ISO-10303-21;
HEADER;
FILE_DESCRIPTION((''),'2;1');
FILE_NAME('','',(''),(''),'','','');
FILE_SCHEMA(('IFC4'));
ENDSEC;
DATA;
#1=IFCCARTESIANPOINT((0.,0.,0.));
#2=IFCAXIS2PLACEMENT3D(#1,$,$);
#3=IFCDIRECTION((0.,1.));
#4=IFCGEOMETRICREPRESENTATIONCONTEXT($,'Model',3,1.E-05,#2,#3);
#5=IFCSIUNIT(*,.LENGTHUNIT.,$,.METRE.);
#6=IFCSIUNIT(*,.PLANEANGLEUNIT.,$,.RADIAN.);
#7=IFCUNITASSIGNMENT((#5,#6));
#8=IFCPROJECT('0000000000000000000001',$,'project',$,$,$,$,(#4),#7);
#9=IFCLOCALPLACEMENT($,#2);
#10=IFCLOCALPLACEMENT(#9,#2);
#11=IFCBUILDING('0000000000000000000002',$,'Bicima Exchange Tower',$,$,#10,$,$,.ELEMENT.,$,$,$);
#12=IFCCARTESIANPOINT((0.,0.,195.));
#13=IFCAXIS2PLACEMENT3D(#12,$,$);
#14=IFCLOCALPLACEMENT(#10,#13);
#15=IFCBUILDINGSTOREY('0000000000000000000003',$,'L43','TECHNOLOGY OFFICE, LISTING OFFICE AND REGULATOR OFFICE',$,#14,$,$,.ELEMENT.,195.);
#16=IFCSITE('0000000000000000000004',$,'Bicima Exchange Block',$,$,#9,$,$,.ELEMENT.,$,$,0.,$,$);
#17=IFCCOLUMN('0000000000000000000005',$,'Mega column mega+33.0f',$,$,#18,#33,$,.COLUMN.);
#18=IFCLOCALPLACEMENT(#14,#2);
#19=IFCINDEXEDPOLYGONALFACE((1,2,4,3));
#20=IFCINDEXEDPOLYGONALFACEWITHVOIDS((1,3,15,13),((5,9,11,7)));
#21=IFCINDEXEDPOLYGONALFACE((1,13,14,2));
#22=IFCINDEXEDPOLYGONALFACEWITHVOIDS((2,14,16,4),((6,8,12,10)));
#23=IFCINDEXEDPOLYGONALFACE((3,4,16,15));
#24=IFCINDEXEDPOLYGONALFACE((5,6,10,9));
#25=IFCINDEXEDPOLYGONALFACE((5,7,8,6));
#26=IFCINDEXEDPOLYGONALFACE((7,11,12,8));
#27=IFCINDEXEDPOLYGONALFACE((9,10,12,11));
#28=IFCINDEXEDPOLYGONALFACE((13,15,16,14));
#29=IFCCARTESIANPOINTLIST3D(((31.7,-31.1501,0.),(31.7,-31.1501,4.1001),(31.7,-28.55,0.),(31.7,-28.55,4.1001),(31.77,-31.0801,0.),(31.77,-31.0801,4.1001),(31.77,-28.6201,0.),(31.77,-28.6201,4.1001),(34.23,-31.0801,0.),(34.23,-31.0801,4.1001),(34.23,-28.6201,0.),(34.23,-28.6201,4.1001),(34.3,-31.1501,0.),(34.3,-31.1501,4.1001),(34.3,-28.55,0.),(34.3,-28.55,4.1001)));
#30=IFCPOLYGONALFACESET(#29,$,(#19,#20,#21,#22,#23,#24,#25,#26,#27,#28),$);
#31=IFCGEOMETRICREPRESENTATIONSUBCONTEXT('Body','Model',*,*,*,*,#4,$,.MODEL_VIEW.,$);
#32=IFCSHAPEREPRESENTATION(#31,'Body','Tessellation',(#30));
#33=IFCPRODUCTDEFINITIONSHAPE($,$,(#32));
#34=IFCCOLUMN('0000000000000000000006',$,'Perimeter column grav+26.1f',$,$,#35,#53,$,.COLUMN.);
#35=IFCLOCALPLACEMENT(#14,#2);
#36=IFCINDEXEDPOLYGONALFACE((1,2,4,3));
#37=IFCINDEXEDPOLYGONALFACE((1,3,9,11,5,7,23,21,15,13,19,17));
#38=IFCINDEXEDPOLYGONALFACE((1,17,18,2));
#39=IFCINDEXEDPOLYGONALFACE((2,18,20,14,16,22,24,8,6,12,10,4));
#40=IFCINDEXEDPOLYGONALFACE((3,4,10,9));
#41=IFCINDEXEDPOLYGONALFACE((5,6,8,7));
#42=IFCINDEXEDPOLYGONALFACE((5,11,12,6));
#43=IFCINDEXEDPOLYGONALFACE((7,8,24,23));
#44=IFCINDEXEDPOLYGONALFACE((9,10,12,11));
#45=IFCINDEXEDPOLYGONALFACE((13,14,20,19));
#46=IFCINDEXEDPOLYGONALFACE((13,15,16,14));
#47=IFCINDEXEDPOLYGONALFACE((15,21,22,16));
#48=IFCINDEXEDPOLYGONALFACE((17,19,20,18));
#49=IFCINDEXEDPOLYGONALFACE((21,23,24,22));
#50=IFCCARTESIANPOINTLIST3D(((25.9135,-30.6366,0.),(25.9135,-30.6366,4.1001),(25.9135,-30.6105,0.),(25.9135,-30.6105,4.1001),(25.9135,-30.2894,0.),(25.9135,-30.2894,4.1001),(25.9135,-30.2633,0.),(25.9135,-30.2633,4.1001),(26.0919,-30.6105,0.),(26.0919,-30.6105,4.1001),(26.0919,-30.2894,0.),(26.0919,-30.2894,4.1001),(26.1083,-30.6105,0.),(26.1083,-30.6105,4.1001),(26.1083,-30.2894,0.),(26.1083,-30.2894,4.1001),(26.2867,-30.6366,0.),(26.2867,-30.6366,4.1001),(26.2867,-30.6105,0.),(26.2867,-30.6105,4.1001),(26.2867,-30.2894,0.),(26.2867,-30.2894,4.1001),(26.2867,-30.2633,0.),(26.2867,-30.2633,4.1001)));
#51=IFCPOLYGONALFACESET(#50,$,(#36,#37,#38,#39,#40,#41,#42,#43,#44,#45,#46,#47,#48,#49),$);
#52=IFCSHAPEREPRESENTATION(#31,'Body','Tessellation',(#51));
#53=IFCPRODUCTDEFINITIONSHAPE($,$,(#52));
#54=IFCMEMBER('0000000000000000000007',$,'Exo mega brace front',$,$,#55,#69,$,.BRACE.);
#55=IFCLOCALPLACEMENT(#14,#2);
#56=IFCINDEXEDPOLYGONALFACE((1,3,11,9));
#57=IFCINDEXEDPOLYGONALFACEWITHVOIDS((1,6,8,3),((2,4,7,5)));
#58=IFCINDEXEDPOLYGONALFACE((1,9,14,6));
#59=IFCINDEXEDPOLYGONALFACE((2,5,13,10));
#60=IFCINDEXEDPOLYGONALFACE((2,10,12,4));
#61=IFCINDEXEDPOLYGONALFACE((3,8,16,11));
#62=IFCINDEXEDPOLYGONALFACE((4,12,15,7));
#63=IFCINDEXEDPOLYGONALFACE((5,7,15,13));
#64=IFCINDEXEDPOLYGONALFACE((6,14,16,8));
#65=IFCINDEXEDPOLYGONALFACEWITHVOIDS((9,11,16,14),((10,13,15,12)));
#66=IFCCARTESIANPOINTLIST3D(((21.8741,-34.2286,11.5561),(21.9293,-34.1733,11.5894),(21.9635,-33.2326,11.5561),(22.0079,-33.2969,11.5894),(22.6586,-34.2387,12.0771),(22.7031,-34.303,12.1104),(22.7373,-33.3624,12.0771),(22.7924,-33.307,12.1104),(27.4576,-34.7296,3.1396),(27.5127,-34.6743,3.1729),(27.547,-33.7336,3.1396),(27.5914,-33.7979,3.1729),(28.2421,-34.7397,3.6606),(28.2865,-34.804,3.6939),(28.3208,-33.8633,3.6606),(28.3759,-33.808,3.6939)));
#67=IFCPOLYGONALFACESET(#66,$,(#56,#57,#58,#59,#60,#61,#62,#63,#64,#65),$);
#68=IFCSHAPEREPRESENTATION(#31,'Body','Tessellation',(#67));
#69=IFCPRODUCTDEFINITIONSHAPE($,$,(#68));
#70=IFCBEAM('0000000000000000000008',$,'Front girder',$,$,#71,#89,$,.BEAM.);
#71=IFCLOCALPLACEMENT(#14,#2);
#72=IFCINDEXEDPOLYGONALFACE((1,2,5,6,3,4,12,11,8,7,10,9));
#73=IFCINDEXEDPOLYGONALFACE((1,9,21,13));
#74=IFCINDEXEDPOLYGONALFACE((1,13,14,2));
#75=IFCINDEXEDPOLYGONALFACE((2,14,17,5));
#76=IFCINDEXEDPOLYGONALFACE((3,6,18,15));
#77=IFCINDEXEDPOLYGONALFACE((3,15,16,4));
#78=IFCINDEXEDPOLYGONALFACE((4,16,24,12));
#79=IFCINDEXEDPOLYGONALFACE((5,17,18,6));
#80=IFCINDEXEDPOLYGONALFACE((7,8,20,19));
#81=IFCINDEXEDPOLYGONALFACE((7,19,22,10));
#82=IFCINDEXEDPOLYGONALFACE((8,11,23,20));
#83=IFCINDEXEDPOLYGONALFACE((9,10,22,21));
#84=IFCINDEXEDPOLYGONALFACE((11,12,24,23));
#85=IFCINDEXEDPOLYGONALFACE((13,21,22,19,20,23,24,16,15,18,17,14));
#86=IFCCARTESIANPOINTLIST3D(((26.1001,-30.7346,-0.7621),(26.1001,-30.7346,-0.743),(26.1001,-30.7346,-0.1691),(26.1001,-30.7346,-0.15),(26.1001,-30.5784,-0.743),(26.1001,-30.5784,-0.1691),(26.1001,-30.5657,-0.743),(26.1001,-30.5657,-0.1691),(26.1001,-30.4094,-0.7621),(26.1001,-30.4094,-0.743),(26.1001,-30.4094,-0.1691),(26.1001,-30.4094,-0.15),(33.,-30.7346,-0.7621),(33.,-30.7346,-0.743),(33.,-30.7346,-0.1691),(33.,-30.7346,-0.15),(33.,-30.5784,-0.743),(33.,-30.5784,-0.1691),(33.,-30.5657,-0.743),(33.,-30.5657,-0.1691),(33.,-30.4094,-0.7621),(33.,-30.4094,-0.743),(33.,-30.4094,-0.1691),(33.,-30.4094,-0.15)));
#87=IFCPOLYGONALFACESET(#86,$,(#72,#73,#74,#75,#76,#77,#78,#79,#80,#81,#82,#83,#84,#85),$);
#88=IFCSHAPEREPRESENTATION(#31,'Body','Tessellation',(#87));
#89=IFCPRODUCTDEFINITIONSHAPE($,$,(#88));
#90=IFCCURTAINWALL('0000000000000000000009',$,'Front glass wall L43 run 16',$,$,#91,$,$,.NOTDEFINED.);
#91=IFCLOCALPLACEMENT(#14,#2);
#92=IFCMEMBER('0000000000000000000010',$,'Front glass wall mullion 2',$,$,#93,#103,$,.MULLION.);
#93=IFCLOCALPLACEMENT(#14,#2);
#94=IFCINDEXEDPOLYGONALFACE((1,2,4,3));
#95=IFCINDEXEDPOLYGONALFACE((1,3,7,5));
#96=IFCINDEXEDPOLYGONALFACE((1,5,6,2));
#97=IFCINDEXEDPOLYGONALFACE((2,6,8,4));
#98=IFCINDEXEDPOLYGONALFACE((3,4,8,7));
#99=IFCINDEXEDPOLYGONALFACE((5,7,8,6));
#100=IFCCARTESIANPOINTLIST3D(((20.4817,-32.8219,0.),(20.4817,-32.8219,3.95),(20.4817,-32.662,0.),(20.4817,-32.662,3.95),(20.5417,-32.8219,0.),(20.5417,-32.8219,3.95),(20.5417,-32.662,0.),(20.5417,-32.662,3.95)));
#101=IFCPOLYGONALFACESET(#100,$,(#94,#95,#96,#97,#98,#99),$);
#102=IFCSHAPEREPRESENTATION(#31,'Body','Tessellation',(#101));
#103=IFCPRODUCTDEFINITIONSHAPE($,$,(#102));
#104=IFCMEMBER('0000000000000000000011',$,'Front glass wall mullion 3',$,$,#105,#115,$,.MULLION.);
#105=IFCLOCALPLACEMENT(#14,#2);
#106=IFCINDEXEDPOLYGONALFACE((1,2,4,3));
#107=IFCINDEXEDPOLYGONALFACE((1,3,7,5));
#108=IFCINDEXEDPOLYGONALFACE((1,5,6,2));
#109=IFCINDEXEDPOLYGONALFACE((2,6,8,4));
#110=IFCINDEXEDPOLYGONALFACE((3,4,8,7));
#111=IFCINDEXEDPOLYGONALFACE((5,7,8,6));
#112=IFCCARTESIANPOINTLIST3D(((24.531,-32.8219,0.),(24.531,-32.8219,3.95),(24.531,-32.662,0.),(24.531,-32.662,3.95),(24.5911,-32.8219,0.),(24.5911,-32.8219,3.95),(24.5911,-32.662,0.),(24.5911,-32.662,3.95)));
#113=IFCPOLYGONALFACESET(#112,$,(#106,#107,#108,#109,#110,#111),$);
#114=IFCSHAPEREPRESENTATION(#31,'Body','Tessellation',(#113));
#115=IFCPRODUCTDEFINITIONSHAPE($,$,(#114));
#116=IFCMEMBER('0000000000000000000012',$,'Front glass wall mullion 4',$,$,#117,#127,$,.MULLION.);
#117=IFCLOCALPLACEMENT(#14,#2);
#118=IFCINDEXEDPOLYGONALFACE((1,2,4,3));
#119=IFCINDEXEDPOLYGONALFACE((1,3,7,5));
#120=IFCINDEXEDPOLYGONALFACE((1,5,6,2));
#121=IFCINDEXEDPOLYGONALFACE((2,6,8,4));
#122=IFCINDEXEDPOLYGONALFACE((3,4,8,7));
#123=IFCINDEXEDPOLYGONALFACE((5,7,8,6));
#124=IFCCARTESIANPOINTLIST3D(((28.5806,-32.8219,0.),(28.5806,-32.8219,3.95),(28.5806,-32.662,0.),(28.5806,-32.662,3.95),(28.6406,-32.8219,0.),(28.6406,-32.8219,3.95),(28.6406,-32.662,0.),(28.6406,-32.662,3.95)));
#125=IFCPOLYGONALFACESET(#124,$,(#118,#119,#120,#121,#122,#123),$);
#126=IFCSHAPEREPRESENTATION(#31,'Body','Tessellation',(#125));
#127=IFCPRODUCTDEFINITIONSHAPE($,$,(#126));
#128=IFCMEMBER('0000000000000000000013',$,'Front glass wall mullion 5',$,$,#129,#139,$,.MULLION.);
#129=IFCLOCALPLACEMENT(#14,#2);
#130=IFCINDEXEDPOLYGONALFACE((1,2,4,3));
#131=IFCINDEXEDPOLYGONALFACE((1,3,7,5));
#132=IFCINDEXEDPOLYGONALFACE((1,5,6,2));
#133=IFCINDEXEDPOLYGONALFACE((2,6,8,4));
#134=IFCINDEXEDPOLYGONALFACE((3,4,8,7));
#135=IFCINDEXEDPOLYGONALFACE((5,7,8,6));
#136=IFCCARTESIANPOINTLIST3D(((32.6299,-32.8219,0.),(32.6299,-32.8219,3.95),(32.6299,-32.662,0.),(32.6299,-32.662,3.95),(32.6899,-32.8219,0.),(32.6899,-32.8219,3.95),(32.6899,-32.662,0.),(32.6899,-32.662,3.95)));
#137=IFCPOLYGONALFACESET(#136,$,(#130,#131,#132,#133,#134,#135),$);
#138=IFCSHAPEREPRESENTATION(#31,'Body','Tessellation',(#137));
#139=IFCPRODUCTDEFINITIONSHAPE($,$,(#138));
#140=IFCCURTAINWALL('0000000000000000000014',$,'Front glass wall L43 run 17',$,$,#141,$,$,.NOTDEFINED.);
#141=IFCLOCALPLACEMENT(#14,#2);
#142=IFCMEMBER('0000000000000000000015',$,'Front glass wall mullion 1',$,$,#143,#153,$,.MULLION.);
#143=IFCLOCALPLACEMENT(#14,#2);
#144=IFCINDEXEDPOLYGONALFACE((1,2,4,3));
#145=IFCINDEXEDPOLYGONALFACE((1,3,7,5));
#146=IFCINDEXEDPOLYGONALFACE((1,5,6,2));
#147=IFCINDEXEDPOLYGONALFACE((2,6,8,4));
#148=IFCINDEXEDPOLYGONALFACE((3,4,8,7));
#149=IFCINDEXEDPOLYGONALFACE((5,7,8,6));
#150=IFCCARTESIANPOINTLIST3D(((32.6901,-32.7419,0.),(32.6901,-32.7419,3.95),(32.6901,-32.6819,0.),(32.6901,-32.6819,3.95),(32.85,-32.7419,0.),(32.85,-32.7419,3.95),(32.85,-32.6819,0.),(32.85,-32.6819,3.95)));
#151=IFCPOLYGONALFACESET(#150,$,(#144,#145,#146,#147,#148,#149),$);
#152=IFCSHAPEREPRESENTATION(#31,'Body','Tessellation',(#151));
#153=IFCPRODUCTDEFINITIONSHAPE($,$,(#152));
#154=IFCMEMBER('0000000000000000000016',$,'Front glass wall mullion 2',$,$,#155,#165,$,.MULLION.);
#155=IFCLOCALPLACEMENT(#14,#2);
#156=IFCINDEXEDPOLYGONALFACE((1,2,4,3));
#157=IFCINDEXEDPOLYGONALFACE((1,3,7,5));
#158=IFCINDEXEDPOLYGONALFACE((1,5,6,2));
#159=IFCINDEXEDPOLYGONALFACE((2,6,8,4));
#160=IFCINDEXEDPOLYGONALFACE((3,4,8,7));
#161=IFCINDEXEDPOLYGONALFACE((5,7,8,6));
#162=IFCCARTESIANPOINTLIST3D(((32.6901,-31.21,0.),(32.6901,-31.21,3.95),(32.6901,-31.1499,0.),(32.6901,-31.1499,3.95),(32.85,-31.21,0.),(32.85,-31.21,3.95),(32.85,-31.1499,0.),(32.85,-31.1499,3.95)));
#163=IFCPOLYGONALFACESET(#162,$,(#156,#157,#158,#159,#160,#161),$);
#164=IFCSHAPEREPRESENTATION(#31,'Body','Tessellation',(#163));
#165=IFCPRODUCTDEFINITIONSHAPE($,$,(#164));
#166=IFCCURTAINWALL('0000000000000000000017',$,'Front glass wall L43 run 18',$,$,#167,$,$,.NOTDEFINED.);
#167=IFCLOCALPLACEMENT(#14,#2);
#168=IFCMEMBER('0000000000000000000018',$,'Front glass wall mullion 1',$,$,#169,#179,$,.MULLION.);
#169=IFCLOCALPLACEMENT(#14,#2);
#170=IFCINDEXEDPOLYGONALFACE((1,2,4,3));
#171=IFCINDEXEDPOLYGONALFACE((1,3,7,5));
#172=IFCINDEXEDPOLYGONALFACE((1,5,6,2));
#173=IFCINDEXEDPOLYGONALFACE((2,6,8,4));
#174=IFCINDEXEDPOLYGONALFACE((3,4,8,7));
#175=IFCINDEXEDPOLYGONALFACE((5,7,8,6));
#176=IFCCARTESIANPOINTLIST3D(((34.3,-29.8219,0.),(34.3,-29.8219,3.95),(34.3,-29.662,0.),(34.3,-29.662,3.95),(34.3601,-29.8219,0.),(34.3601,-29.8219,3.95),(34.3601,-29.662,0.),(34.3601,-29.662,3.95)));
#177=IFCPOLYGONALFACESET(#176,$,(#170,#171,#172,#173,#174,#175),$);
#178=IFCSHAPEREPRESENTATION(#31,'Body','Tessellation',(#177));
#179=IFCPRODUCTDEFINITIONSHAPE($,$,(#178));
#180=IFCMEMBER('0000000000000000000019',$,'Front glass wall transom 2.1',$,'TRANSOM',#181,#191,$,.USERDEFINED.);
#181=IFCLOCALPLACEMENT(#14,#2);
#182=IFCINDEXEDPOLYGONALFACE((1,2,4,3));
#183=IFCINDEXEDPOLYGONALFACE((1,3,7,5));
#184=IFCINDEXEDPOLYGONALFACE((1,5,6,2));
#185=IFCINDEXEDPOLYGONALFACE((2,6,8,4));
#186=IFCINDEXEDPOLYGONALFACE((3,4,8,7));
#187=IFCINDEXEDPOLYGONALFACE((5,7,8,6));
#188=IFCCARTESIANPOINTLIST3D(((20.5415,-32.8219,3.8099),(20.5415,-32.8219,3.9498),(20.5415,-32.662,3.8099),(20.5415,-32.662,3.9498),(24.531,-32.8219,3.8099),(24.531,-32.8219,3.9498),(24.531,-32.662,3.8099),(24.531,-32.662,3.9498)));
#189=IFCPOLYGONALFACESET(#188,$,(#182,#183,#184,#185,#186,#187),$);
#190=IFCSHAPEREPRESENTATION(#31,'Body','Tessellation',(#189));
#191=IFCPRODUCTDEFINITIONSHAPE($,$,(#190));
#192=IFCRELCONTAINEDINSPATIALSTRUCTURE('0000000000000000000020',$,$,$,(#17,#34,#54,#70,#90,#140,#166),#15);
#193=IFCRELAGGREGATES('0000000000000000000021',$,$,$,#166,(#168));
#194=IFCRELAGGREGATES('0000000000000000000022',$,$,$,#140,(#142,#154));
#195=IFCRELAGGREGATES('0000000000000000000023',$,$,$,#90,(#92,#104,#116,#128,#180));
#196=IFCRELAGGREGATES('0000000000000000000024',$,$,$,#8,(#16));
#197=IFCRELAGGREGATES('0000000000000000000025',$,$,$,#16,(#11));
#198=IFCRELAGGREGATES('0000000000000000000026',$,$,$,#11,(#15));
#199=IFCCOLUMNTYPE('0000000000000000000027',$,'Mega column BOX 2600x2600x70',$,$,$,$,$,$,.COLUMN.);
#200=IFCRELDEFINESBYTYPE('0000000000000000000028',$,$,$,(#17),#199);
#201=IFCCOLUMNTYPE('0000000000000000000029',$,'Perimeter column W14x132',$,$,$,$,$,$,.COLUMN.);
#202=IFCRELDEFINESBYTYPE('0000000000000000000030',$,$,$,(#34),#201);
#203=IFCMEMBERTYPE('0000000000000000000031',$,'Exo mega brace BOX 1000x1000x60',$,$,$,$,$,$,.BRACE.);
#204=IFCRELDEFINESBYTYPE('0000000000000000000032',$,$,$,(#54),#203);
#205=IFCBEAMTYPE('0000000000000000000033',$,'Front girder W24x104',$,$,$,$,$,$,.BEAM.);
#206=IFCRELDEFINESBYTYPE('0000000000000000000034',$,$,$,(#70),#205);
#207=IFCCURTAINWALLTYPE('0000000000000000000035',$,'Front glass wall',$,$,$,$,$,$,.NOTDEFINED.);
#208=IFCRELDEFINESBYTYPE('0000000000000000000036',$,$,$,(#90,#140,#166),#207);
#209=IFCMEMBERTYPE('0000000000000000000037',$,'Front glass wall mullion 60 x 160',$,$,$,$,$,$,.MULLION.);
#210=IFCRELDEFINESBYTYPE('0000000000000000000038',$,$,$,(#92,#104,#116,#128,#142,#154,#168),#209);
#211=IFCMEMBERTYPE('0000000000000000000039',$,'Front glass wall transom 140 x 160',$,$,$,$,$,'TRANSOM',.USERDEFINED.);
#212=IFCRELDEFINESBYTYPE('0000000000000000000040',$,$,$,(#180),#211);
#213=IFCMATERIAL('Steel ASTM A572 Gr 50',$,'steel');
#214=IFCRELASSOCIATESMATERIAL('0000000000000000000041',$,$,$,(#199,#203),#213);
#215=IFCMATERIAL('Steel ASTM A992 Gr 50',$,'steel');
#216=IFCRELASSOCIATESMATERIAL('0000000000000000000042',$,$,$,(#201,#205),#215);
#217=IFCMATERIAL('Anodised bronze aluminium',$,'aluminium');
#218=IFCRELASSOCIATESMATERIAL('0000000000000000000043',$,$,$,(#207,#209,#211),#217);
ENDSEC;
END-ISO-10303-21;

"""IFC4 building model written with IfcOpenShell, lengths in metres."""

from ifc_helpers import new_model, si_unit, direction, frame, origin, origin_2d, place, context, subcontext, project, spatial, rectangle, hollow_rectangle, i_section, extrude, material, material_profile, profile_set, type_object, element, aggregate, save


model = new_model("IFC4")

# Units and contexts
model_context = context("Model", 3, precision=1e-05, world=origin(), true_north=direction((0.0, 1.0)))
body_context = subcontext(model_context, "Body", "Model", "MODEL_VIEW")
ifc_project = project(units=[si_unit("LENGTHUNIT", "METRE"), si_unit("PLANEANGLEUNIT", "RADIAN")], contexts=[model_context])

# Site, building, storey
site_placement = place(None, origin())
site = spatial("IfcSite", under=ifc_project, at=site_placement, Name="Bicima Exchange Block", CompositionType="ELEMENT", RefElevation=0.0)
building_placement = place(site_placement, origin())
building = spatial("IfcBuilding", under=site, at=building_placement, Name="Bicima Exchange Tower", CompositionType="ELEMENT")
storey_placement = place(building_placement, frame((0.0, 0.0, 195.0)))
storey = spatial("IfcBuildingStorey", under=building, at=storey_placement, Name="L43", Description="TECHNOLOGY OFFICE, LISTING OFFICE AND REGULATOR OFFICE", CompositionType="ELEMENT", Elevation=195.0)

# Columns
ifc_material_1 = material(Name="Steel ASTM A572 Gr 50", Category="steel")
ifc_material_profile_1 = material_profile(ifc_material_1, hollow_rectangle(XDim=2.6001, YDim=2.6001, WallThickness=0.0701, at=origin_2d()))
ifc_profile_set_1 = profile_set([ifc_material_profile_1], Name="Steel ASTM A572 Gr 50")
column_type_1 = type_object("IfcColumnType", Name="Mega column BOX 2600x2600x70", PredefinedType="COLUMN", material=ifc_profile_set_1)
column_1_placement = place(storey_placement, frame((33.0, -29.8501, 0.0), z_axis=(0.0, 0.0, 1.0), x_axis=(1.0, 0.0, 0.0)))
element("IfcColumn", 1, at=column_1_placement, inside=storey, type_object=column_type_1, Name="Mega column mega+33.0f", PredefinedType="COLUMN", context=body_context, shape_type="SweptSolid", body=[
    extrude(hollow_rectangle(XDim=2.6001, YDim=2.6001, WallThickness=0.0701, at=origin_2d()), origin(), (0.0, 0.0, 1.0), 4.1001),
])
ifc_material_2 = material(Name="Steel ASTM A992 Gr 50", Category="steel")
ifc_material_profile_2 = material_profile(ifc_material_2, i_section(OverallWidth=0.3733, OverallDepth=0.3733, WebThickness=0.0164, FlangeThickness=0.0261, at=origin_2d()))
ifc_profile_set_2 = profile_set([ifc_material_profile_2], Name="Steel ASTM A992 Gr 50")
column_type_2 = type_object("IfcColumnType", Name="Perimeter column W14x132", PredefinedType="COLUMN", material=ifc_profile_set_2)
column_2_placement = place(storey_placement, frame((26.1001, -30.45, 0.0), z_axis=(0.0, 0.0, 1.0), x_axis=(1.0, 0.0, 0.0)))
element("IfcColumn", 2, at=column_2_placement, inside=storey, type_object=column_type_2, Name="Perimeter column grav+26.1f", PredefinedType="COLUMN", context=body_context, shape_type="SweptSolid", body=[
    extrude(i_section(OverallWidth=0.3733, OverallDepth=0.3733, WebThickness=0.0164, FlangeThickness=0.0261, at=origin_2d()), origin(), (0.0, 0.0, 1.0), 4.1001),
])

# Member
ifc_material_profile_3 = material_profile(ifc_material_1, hollow_rectangle(XDim=1.0, YDim=1.0, WallThickness=0.0601, at=origin_2d()))
ifc_profile_set_3 = profile_set([ifc_material_profile_3], Name="Steel ASTM A572 Gr 50")
member_type_1 = type_object("IfcMemberType", Name="Exo mega brace BOX 1000x1000x60", PredefinedType="BRACE", material=ifc_profile_set_3)
member_1_placement = place(storey_placement, frame((27.9167, -34.2688, 3.4167), z_axis=(-0.552135, 0.04954, 0.832282), x_axis=(-0.089366, -0.995999, 0.0)))
element("IfcMember", 3, at=member_1_placement, inside=storey, type_object=member_type_1, Name="Exo mega brace front", PredefinedType="BRACE", context=body_context, shape_type="SweptSolid", body=[
    extrude(hollow_rectangle(XDim=1.0, YDim=1.0, WallThickness=0.0601, at=origin_2d()), origin(), (0.0, 0.0, 1.0), 10.1125),
])

# Beam
ifc_material_profile_4 = material_profile(ifc_material_2, i_section(OverallWidth=0.3252, OverallDepth=0.6121, WebThickness=0.0127, FlangeThickness=0.019, at=origin_2d()))
ifc_profile_set_4 = profile_set([ifc_material_profile_4], Name="Steel ASTM A992 Gr 50")
beam_type = type_object("IfcBeamType", Name="Front girder W24x104", PredefinedType="BEAM", material=ifc_profile_set_4)
beam_placement = place(storey_placement, frame((26.1001, -30.572, -0.4561), z_axis=(1.0, 0.0, 0.0), x_axis=(0.0, 1.0, 0.0)))
element("IfcBeam", 4, at=beam_placement, inside=storey, type_object=beam_type, Name="Front girder", PredefinedType="BEAM", context=body_context, shape_type="SweptSolid", body=[
    extrude(i_section(OverallWidth=0.3252, OverallDepth=0.6121, WebThickness=0.0127, FlangeThickness=0.019, at=origin_2d()), origin(), (0.0, 0.0, 1.0), 6.8999),
])

# Curtain walls, members
ifc_material_3 = material(Name="Anodised bronze aluminium", Category="aluminium")
curtain_wall_type = type_object("IfcCurtainWallType", Name="Front glass wall", PredefinedType="NOTDEFINED", material=ifc_material_3)
curtain_wall_1_placement = place(storey_placement, origin())
curtain_wall_1 = element("IfcCurtainWall", 5, at=curtain_wall_1_placement, inside=storey, type_object=curtain_wall_type, Name="Front glass wall L43 run 16", PredefinedType="NOTDEFINED")
ifc_material_profile_5 = material_profile(ifc_material_3, rectangle(XDim=0.1599, YDim=0.0601, at=origin_2d()))
ifc_profile_set_5 = profile_set([ifc_material_profile_5], Name="Anodised bronze aluminium")
member_type_2 = type_object("IfcMemberType", Name="Front glass wall mullion 60 x 160", PredefinedType="MULLION", material=ifc_profile_set_5)
member_2_placement = place(storey_placement, frame((20.5117, -32.7419, 0.0), z_axis=(0.0, 0.0, 1.0), x_axis=(0.0, 1.0, 0.0)))
member_2 = element("IfcMember", 6, at=member_2_placement, type_object=member_type_2, Name="Front glass wall mullion 2", PredefinedType="MULLION", context=body_context, shape_type="SweptSolid", body=[
    extrude(rectangle(XDim=0.1599, YDim=0.0601, at=origin_2d()), origin(), (0.0, 0.0, 1.0), 3.95),
])
member_3_placement = place(storey_placement, frame((24.561, -32.7419, 0.0), z_axis=(0.0, 0.0, 1.0), x_axis=(0.0, 1.0, 0.0)))
member_3 = element("IfcMember", 7, at=member_3_placement, type_object=member_type_2, Name="Front glass wall mullion 3", PredefinedType="MULLION", context=body_context, shape_type="SweptSolid", body=[
    extrude(rectangle(XDim=0.1599, YDim=0.0601, at=origin_2d()), origin(), (0.0, 0.0, 1.0), 3.95),
])
member_4_placement = place(storey_placement, frame((28.6106, -32.7419, 0.0), z_axis=(0.0, 0.0, 1.0), x_axis=(0.0, 1.0, 0.0)))
member_4 = element("IfcMember", 8, at=member_4_placement, type_object=member_type_2, Name="Front glass wall mullion 4", PredefinedType="MULLION", context=body_context, shape_type="SweptSolid", body=[
    extrude(rectangle(XDim=0.1599, YDim=0.0601, at=origin_2d()), origin(), (0.0, 0.0, 1.0), 3.95),
])
member_5_placement = place(storey_placement, frame((32.6599, -32.7419, 0.0), z_axis=(0.0, 0.0, 1.0), x_axis=(0.0, 1.0, 0.0)))
member_5 = element("IfcMember", 9, at=member_5_placement, type_object=member_type_2, Name="Front glass wall mullion 5", PredefinedType="MULLION", context=body_context, shape_type="SweptSolid", body=[
    extrude(rectangle(XDim=0.1599, YDim=0.0601, at=origin_2d()), origin(), (0.0, 0.0, 1.0), 3.95),
])
curtain_wall_2_placement = place(storey_placement, origin())
curtain_wall_2 = element("IfcCurtainWall", 10, at=curtain_wall_2_placement, inside=storey, type_object=curtain_wall_type, Name="Front glass wall L43 run 17", PredefinedType="NOTDEFINED")
member_6_placement = place(storey_placement, frame((32.77, -32.7119, 0.0), z_axis=(0.0, 0.0, 1.0), x_axis=(-1.0, 0.0, 0.0)))
member_6 = element("IfcMember", 11, at=member_6_placement, type_object=member_type_2, Name="Front glass wall mullion 1", PredefinedType="MULLION", context=body_context, shape_type="SweptSolid", body=[
    extrude(rectangle(XDim=0.1599, YDim=0.0601, at=origin_2d()), origin(), (0.0, 0.0, 1.0), 3.95),
])
member_7_placement = place(storey_placement, frame((32.77, -31.1799, 0.0), z_axis=(0.0, 0.0, 1.0), x_axis=(-1.0, 0.0, 0.0)))
member_7 = element("IfcMember", 12, at=member_7_placement, type_object=member_type_2, Name="Front glass wall mullion 2", PredefinedType="MULLION", context=body_context, shape_type="SweptSolid", body=[
    extrude(rectangle(XDim=0.1599, YDim=0.0601, at=origin_2d()), origin(), (0.0, 0.0, 1.0), 3.95),
])

# Curtain wall, member
curtain_wall_3_placement = place(storey_placement, origin())
curtain_wall_3 = element("IfcCurtainWall", 13, at=curtain_wall_3_placement, inside=storey, type_object=curtain_wall_type, Name="Front glass wall L43 run 18", PredefinedType="NOTDEFINED")
member_8_placement = place(storey_placement, frame((34.3301, -29.7419, 0.0), z_axis=(0.0, 0.0, 1.0), x_axis=(0.0, 1.0, 0.0)))
member_8 = element("IfcMember", 14, at=member_8_placement, type_object=member_type_2, Name="Front glass wall mullion 1", PredefinedType="MULLION", context=body_context, shape_type="SweptSolid", body=[
    extrude(rectangle(XDim=0.1599, YDim=0.0601, at=origin_2d()), origin(), (0.0, 0.0, 1.0), 3.95),
])
aggregate(curtain_wall_3, [member_8])

# Member
ifc_material_profile_6 = material_profile(ifc_material_3, rectangle(XDim=0.1599, YDim=0.1399, at=origin_2d()))
ifc_profile_set_6 = profile_set([ifc_material_profile_6], Name="Anodised bronze aluminium")
member_type_3 = type_object("IfcMemberType", Name="Front glass wall transom 140 x 160", ElementType="TRANSOM", PredefinedType="USERDEFINED", material=ifc_profile_set_6)
member_9_placement = place(storey_placement, frame((20.5415, -32.7419, 3.8799), z_axis=(1.0, 0.0, 0.0), x_axis=(0.0, 1.0, 0.0)))
member_9 = element("IfcMember", 15, at=member_9_placement, type_object=member_type_3, Name="Front glass wall transom 2.1", ObjectType="TRANSOM", PredefinedType="USERDEFINED", context=body_context, shape_type="SweptSolid", body=[
    extrude(rectangle(XDim=0.1599, YDim=0.1399, at=origin_2d()), origin(), (0.0, 0.0, 1.0), 3.9895),
])

aggregate(curtain_wall_2, [member_6, member_7])
aggregate(curtain_wall_1, [member_2, member_3, member_4, member_5, member_9])

save(model, "model.ifc")
